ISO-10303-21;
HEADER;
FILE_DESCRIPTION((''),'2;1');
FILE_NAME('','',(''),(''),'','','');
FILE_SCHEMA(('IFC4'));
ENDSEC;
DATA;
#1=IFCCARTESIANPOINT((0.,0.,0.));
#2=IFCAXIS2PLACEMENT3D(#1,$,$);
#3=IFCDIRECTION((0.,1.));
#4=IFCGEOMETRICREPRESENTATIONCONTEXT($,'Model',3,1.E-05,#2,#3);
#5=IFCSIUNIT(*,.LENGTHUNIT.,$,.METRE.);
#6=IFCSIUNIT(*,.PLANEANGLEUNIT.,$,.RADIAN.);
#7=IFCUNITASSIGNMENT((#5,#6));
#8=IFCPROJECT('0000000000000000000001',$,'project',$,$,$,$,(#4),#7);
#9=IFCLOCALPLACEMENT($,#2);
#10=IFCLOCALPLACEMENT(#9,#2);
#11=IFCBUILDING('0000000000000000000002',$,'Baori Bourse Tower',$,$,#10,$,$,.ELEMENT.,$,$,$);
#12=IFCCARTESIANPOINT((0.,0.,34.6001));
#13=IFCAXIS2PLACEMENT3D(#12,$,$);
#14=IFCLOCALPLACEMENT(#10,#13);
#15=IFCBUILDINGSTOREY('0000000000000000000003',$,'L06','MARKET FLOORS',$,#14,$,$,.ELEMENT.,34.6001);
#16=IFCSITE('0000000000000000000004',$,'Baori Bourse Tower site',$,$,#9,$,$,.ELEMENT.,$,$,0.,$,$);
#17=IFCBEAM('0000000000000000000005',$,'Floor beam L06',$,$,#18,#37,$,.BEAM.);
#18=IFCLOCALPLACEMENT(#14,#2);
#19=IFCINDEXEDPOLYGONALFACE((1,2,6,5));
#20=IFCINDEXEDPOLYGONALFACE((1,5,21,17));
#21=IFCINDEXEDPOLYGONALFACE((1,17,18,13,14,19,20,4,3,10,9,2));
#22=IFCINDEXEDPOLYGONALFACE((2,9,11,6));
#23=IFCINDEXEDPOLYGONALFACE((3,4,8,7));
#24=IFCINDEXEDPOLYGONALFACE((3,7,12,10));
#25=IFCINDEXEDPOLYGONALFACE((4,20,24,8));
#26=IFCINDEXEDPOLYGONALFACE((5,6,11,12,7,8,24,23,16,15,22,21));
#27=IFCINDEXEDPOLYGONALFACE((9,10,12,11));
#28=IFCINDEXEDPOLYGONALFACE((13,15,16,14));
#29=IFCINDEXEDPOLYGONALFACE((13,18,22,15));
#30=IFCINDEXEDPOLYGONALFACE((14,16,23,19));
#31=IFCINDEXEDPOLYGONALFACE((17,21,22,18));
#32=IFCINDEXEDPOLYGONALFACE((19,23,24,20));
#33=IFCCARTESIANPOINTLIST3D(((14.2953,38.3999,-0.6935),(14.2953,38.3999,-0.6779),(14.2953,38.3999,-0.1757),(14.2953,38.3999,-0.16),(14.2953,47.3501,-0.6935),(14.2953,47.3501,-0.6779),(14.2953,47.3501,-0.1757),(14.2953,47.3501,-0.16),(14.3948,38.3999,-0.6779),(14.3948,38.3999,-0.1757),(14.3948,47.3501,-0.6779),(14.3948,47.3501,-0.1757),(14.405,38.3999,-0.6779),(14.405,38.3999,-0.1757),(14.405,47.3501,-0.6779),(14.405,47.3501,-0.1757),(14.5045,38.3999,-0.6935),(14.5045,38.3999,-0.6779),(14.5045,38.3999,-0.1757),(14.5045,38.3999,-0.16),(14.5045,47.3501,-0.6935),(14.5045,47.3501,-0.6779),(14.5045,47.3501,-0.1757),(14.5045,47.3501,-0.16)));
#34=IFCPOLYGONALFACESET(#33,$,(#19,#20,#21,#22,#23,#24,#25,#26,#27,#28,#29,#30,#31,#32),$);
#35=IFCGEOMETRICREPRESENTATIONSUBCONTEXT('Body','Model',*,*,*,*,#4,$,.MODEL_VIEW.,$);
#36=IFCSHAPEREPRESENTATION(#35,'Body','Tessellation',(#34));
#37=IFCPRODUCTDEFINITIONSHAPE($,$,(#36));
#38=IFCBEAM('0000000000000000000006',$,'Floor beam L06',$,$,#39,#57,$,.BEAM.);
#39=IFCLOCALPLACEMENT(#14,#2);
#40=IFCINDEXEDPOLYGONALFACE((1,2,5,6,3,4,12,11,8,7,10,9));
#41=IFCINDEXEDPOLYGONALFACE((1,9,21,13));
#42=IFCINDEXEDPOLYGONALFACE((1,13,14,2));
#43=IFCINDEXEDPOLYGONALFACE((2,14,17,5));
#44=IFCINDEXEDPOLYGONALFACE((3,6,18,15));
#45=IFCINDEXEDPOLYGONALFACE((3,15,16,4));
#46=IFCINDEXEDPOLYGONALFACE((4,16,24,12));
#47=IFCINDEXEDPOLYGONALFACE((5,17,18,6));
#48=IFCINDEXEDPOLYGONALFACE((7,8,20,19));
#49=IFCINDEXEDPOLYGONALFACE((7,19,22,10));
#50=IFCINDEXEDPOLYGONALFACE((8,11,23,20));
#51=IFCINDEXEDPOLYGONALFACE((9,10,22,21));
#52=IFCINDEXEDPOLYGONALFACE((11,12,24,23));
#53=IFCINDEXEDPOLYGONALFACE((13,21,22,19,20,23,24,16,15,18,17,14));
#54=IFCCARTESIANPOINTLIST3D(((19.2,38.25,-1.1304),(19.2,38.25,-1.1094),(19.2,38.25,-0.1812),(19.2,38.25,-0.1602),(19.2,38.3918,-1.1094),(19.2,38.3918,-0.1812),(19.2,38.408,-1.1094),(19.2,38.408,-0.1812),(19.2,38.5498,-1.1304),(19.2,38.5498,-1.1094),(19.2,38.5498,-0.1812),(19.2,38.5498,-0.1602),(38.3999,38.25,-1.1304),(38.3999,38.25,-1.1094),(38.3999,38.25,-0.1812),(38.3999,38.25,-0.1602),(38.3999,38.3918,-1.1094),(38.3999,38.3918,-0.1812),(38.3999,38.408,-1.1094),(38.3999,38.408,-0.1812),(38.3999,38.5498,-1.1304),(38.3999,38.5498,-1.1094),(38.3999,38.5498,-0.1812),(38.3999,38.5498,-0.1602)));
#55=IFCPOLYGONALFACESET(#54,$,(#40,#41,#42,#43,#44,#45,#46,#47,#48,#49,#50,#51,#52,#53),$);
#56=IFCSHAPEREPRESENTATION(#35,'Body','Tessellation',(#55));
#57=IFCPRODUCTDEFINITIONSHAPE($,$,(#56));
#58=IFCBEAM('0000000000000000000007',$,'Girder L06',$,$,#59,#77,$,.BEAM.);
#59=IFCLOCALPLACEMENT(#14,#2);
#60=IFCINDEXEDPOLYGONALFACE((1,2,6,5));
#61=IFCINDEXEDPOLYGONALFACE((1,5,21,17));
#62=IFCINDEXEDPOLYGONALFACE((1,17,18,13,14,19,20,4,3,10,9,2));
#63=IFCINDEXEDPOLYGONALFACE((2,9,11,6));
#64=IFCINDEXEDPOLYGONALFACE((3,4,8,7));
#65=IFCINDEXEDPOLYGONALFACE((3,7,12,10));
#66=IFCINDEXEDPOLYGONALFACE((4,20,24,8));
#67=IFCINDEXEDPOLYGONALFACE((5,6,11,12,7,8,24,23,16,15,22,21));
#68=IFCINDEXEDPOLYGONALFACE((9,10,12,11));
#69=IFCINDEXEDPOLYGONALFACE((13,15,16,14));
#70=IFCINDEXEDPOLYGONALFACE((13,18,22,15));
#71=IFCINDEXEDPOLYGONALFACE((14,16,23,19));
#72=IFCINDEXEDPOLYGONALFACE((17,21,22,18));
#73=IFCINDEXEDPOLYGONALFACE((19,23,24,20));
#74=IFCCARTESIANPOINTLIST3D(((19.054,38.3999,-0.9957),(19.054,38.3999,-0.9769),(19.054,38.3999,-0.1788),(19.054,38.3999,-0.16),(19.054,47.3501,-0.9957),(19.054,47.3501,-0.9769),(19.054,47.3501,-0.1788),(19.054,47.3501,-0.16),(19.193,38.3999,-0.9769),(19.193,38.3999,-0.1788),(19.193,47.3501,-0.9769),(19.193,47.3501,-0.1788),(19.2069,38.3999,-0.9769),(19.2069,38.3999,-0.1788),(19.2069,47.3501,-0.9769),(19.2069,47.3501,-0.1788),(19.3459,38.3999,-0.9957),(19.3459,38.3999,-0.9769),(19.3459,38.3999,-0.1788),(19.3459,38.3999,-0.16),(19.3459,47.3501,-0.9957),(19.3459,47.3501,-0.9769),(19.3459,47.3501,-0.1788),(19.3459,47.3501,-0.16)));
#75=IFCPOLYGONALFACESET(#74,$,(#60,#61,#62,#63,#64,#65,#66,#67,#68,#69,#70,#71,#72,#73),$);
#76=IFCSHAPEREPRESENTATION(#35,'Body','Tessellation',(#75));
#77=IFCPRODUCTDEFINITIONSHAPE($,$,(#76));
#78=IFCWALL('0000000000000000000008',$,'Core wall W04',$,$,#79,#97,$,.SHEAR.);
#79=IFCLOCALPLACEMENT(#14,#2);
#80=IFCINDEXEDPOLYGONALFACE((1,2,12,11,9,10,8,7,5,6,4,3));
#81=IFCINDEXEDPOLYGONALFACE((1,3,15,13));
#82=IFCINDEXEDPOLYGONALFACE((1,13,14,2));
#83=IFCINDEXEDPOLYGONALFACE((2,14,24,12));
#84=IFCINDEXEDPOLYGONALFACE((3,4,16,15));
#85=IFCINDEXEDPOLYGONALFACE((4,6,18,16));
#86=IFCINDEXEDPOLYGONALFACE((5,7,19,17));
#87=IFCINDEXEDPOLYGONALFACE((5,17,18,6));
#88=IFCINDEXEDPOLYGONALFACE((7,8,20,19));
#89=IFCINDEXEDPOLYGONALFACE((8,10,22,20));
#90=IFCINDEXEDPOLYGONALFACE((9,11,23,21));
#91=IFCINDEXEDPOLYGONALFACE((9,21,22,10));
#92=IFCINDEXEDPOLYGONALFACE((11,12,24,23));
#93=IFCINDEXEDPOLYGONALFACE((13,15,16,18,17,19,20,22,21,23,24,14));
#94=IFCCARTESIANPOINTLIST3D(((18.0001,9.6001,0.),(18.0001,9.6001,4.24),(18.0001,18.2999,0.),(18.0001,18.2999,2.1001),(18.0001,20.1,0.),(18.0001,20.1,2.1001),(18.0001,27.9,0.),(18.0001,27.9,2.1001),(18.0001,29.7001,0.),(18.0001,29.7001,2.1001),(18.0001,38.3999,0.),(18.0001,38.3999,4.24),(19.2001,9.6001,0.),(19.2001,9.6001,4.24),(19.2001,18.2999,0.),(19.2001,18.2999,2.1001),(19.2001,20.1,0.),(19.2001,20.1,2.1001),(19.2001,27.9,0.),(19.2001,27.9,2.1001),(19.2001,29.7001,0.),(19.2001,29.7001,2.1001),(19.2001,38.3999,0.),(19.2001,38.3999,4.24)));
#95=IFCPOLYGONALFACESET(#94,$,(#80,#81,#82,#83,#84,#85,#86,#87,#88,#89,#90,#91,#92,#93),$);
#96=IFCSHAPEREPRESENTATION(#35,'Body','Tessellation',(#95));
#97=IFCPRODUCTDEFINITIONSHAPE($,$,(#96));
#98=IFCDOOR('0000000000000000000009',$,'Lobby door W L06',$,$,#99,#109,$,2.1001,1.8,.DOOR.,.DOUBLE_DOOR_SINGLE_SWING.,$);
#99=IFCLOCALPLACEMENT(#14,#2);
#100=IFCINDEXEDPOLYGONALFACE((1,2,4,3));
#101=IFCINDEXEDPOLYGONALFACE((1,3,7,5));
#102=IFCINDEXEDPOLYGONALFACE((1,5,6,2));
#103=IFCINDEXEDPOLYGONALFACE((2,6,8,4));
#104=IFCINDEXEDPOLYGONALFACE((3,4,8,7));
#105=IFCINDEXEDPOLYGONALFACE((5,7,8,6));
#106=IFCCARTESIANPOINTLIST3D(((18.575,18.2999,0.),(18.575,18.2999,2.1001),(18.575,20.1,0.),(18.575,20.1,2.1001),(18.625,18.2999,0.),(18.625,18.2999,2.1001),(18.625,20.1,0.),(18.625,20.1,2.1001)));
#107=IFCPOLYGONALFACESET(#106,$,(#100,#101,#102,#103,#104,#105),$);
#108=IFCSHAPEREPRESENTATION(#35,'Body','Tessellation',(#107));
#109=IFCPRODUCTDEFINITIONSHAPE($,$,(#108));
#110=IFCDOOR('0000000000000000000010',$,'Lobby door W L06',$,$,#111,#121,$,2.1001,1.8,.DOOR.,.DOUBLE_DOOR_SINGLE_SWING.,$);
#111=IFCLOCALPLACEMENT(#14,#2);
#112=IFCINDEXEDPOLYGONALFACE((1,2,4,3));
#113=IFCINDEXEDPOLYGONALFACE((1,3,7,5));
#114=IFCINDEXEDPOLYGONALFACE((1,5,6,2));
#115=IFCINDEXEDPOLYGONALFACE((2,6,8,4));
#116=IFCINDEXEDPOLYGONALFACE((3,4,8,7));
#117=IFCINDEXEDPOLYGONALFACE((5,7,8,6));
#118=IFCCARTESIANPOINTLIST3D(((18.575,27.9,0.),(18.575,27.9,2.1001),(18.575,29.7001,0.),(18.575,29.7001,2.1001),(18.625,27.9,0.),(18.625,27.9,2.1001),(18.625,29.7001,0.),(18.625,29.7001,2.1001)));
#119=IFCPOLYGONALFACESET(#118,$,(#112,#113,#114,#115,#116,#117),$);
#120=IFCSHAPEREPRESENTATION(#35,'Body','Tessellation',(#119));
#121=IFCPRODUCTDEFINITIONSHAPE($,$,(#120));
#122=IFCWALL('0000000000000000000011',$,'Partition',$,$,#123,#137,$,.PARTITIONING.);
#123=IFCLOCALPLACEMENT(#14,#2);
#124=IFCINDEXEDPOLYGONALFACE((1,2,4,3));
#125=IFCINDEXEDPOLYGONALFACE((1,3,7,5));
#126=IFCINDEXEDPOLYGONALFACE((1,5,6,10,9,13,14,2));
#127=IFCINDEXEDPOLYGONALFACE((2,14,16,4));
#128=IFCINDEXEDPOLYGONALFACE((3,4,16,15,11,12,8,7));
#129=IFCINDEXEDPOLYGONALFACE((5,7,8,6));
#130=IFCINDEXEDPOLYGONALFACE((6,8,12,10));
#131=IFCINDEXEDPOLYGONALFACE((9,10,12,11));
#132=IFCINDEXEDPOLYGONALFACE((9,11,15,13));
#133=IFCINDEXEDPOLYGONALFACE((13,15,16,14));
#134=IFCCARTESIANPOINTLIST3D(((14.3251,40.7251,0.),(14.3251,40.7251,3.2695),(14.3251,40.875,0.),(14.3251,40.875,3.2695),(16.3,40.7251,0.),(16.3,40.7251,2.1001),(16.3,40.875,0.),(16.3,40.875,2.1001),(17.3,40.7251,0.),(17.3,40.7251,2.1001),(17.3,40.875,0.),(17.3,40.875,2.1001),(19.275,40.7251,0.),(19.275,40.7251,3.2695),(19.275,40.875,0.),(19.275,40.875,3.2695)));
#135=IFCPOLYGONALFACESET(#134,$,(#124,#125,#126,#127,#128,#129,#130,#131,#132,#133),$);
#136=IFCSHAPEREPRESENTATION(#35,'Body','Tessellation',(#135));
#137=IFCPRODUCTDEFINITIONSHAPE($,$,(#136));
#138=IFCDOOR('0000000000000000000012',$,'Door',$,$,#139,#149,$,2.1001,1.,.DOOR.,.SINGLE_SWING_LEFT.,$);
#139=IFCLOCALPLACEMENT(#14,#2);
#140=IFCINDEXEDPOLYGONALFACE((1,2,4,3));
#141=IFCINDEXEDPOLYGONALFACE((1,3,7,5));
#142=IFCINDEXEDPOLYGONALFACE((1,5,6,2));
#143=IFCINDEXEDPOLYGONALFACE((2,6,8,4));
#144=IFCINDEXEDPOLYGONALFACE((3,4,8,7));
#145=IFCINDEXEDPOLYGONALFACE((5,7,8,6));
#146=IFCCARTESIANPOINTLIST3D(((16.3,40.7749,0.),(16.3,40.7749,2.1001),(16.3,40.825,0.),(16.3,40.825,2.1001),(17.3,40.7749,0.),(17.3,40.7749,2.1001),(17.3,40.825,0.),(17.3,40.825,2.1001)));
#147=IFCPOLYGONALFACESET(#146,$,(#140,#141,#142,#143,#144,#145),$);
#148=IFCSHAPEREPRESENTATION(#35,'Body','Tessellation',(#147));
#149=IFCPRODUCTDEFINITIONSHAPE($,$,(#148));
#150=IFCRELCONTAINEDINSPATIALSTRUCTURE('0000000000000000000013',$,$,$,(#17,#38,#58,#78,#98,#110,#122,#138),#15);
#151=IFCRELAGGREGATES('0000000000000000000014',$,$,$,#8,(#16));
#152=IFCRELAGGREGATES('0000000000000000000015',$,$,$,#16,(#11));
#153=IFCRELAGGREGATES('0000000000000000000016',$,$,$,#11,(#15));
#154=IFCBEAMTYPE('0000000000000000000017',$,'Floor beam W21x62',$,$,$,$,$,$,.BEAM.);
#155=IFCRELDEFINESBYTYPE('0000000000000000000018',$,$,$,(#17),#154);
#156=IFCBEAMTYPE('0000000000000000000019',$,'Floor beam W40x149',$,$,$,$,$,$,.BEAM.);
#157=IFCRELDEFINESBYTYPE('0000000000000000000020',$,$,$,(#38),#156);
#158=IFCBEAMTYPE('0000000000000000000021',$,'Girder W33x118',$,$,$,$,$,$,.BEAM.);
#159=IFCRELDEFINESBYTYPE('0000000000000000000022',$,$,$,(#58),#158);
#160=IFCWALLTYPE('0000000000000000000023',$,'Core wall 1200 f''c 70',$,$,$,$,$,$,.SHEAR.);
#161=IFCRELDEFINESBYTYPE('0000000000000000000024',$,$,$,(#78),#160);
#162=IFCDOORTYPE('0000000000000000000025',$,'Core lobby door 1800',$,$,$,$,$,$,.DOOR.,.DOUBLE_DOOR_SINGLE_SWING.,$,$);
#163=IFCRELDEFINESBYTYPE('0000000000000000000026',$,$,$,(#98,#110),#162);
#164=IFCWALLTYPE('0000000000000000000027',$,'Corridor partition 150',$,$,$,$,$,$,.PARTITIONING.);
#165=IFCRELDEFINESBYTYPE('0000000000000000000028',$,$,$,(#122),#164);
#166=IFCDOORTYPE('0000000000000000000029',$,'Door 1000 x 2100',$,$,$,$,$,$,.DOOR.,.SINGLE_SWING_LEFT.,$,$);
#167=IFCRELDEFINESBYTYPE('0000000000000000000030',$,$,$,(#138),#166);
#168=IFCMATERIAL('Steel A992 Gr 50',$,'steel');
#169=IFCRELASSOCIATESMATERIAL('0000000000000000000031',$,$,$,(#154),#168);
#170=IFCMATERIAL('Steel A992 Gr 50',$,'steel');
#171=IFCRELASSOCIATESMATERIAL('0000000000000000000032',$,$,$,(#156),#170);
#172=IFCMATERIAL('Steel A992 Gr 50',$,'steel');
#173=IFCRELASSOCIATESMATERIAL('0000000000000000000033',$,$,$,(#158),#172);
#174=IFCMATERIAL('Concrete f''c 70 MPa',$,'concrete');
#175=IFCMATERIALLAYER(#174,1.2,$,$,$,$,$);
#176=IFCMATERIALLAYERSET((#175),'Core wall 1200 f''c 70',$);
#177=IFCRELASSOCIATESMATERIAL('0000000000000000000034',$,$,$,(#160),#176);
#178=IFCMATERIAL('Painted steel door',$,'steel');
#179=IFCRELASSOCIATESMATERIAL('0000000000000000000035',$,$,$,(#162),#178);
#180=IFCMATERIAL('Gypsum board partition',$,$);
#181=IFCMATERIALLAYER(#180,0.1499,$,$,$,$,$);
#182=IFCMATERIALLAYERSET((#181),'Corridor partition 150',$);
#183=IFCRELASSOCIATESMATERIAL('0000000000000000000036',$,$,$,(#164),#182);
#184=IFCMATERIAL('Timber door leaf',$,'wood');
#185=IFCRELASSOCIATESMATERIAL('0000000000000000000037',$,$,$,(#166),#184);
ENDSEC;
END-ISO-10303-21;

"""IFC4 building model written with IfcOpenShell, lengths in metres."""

from ifc_helpers import new_model, si_unit, direction, frame, frame_2d, origin, origin_2d, place, context, subcontext, project, spatial, rectangle, i_section, extrude, material, layer, layer_set, material_profile, profile_set, type_object, element, fill, save


model = new_model("IFC4")

# Units and contexts
model_context = context("Model", 3, precision=1e-05, world=origin(), true_north=direction((0.0, 1.0)))
body_context = subcontext(model_context, "Body", "Model", "MODEL_VIEW")
ifc_project = project(units=[si_unit("LENGTHUNIT", "METRE"), si_unit("PLANEANGLEUNIT", "RADIAN")], contexts=[model_context])

# Site, building, storey
site_placement = place(None, origin())
site = spatial("IfcSite", under=ifc_project, at=site_placement, Name="Baori Bourse Tower site", CompositionType="ELEMENT", RefElevation=0.0)
building_placement = place(site_placement, origin())
building = spatial("IfcBuilding", under=site, at=building_placement, Name="Baori Bourse Tower", CompositionType="ELEMENT")
storey_placement = place(building_placement, frame((0.0, 0.0, 34.6001)))
storey = spatial("IfcBuildingStorey", under=building, at=storey_placement, Name="L06", Description="MARKET FLOORS", CompositionType="ELEMENT", Elevation=34.6001)

# Beams
ifc_material_1 = material(Name="Steel A992 Gr 50", Category="steel")
ifc_material_profile_1 = material_profile(ifc_material_1, i_section(OverallWidth=0.2092, OverallDepth=0.5334, WebThickness=0.0103, FlangeThickness=0.0156, at=origin_2d()), Name="W21x62")
ifc_profile_set_1 = profile_set([ifc_material_profile_1], Name="Steel A992 Gr 50")
beam_type_1 = type_object("IfcBeamType", Name="Floor beam W21x62", PredefinedType="BEAM", material=ifc_profile_set_1)
beam_1_placement = place(storey_placement, frame((14.3999, 38.3999, -0.4268), z_axis=(0.0, 1.0, 0.0), x_axis=(-1.0, 0.0, 0.0)))
element("IfcBeam", 1, at=beam_1_placement, inside=storey, type_object=beam_type_1, Name="Floor beam L06", PredefinedType="BEAM", context=body_context, shape_type="SweptSolid", body=[
    extrude(i_section(OverallWidth=0.2092, OverallDepth=0.5334, WebThickness=0.0103, FlangeThickness=0.0156, at=origin_2d()), origin(), (0.0, 0.0, 1.0), 8.9502),
])
ifc_material_2 = material(Name="Steel A992 Gr 50", Category="steel")
ifc_material_profile_2 = material_profile(ifc_material_2, i_section(OverallWidth=0.2998, OverallDepth=0.9702, WebThickness=0.0161, FlangeThickness=0.021, at=origin_2d()), Name="W40x149")
ifc_profile_set_2 = profile_set([ifc_material_profile_2], Name="Steel A992 Gr 50")
beam_type_2 = type_object("IfcBeamType", Name="Floor beam W40x149", PredefinedType="BEAM", material=ifc_profile_set_2)
beam_2_placement = place(storey_placement, frame((19.2, 38.3999, -0.6453), z_axis=(1.0, 0.0, 0.0), x_axis=(0.0, 1.0, 0.0)))
element("IfcBeam", 2, at=beam_2_placement, inside=storey, type_object=beam_type_2, Name="Floor beam L06", PredefinedType="BEAM", context=body_context, shape_type="SweptSolid", body=[
    extrude(i_section(OverallWidth=0.2998, OverallDepth=0.9702, WebThickness=0.0161, FlangeThickness=0.021, at=origin_2d()), origin(), (0.0, 0.0, 1.0), 19.2),
])
ifc_material_3 = material(Name="Steel A992 Gr 50", Category="steel")
ifc_material_profile_3 = material_profile(ifc_material_3, i_section(OverallWidth=0.292, OverallDepth=0.8357, WebThickness=0.0139, FlangeThickness=0.0188, at=origin_2d()), Name="W33x118")
ifc_profile_set_3 = profile_set([ifc_material_profile_3], Name="Steel A992 Gr 50")
beam_type_3 = type_object("IfcBeamType", Name="Girder W33x118", PredefinedType="BEAM", material=ifc_profile_set_3)
beam_3_placement = place(storey_placement, frame((19.2, 38.3999, -0.5779), z_axis=(0.0, 1.0, 0.0), x_axis=(-1.0, 0.0, 0.0)))
element("IfcBeam", 3, at=beam_3_placement, inside=storey, type_object=beam_type_3, Name="Girder L06", PredefinedType="BEAM", context=body_context, shape_type="SweptSolid", body=[
    extrude(i_section(OverallWidth=0.292, OverallDepth=0.8357, WebThickness=0.0139, FlangeThickness=0.0188, at=origin_2d()), origin(), (0.0, 0.0, 1.0), 8.9502),
])

# Wall, openings, doors
ifc_material_4 = material(Name="Concrete f'c 70 MPa", Category="concrete")
ifc_layer_1 = layer(ifc_material_4, 1.2)
ifc_layer_set_1 = layer_set([ifc_layer_1], Name="Core wall 1200 f'c 70")
wall_type_1 = type_object("IfcWallType", Name="Core wall 1200 f'c 70", PredefinedType="SHEAR", material=ifc_layer_set_1)
wall_1_placement = place(storey_placement, frame((18.6001, 38.3999, 0.0), z_axis=(0.0, 0.0, 1.0), x_axis=(0.0, -1.0, 0.0)))
wall_1 = element("IfcWall", 4, at=wall_1_placement, inside=storey, type_object=wall_type_1, Name="Core wall W04", PredefinedType="SHEAR", context=body_context, shape_type="SweptSolid", body=[
    extrude(rectangle(XDim=28.7998, YDim=1.2, at=frame_2d((14.3999, 0.0))), origin(), (0.0, 0.0, 1.0), 4.24),
])
opening_1_placement = place(wall_1_placement, frame((18.3, 0.0, 0.0)))
opening_1 = element("IfcOpeningElement", 5, at=opening_1_placement, cuts=wall_1, PredefinedType="OPENING", context=body_context, shape_type="SweptSolid", body=[
    extrude(rectangle(XDim=1.8, YDim=2.1001, at=frame_2d((0.8999, 1.05))), frame((0.0, 0.6099, 0.0), z_axis=(0.0, -1.0, 0.0), x_axis=(1.0, 0.0, 0.0)), (0.0, 0.0, 1.0), 1.22),
])
opening_2_placement = place(wall_1_placement, frame((8.7, 0.0, 0.0)))
opening_2 = element("IfcOpeningElement", 6, at=opening_2_placement, cuts=wall_1, PredefinedType="OPENING", context=body_context, shape_type="SweptSolid", body=[
    extrude(rectangle(XDim=1.8, YDim=2.1001, at=frame_2d((0.8999, 1.05))), frame((0.0, 0.6099, 0.0), z_axis=(0.0, -1.0, 0.0), x_axis=(1.0, 0.0, 0.0)), (0.0, 0.0, 1.0), 1.22),
])
ifc_material_5 = material(Name="Painted steel door", Category="steel")
door_type_1 = type_object("IfcDoorType", Name="Core lobby door 1800", OperationType="DOUBLE_DOOR_SINGLE_SWING", PredefinedType="DOOR", material=ifc_material_5)
door_1_placement = place(opening_1_placement, origin())
door_1 = element("IfcDoor", 7, at=door_1_placement, inside=storey, type_object=door_type_1, Name="Lobby door W L06", OperationType="DOUBLE_DOOR_SINGLE_SWING", OverallHeight=2.1001, OverallWidth=1.8, PredefinedType="DOOR", context=body_context, shape_type="SweptSolid", body=[
    extrude(rectangle(XDim=1.8, YDim=2.1001, at=frame_2d((0.8999, 1.05))), frame((0.0, 0.0249, 0.0), z_axis=(0.0, -1.0, 0.0), x_axis=(1.0, 0.0, 0.0)), (0.0, 0.0, 1.0), 0.05),
])
fill(opening_1, door_1)
door_2_placement = place(opening_2_placement, origin())
door_2 = element("IfcDoor", 8, at=door_2_placement, inside=storey, type_object=door_type_1, Name="Lobby door W L06", OperationType="DOUBLE_DOOR_SINGLE_SWING", OverallHeight=2.1001, OverallWidth=1.8, PredefinedType="DOOR", context=body_context, shape_type="SweptSolid", body=[
    extrude(rectangle(XDim=1.8, YDim=2.1001, at=frame_2d((0.8999, 1.05))), frame((0.0, 0.0249, 0.0), z_axis=(0.0, -1.0, 0.0), x_axis=(1.0, 0.0, 0.0)), (0.0, 0.0, 1.0), 0.05),
])
fill(opening_2, door_2)

# Wall, opening, door
ifc_material_6 = material(Name="Gypsum board partition")
ifc_layer_2 = layer(ifc_material_6, 0.1499)
ifc_layer_set_2 = layer_set([ifc_layer_2], Name="Corridor partition 150")
wall_type_2 = type_object("IfcWallType", Name="Corridor partition 150", PredefinedType="PARTITIONING", material=ifc_layer_set_2)
wall_2_placement = place(storey_placement, frame((14.325, 40.8, 0.0), z_axis=(0.0, 0.0, 1.0), x_axis=(1.0, 0.0, 0.0)))
wall_2 = element("IfcWall", 9, at=wall_2_placement, inside=storey, type_object=wall_type_2, Name="Partition", PredefinedType="PARTITIONING", context=body_context, shape_type="SweptSolid", body=[
    extrude(rectangle(XDim=4.95, YDim=0.1499, at=frame_2d((2.4751, 0.0))), origin(), (0.0, 0.0, 1.0), 3.2695),
])
opening_3_placement = place(wall_2_placement, frame((1.9751, 0.0, 0.0)))
opening_3 = element("IfcOpeningElement", 10, at=opening_3_placement, cuts=wall_2, PredefinedType="OPENING", context=body_context, shape_type="SweptSolid", body=[
    extrude(rectangle(XDim=1.0, YDim=2.1001, at=frame_2d((0.5, 1.05))), frame((0.0, 0.085, 0.0), z_axis=(0.0, -1.0, 0.0), x_axis=(1.0, 0.0, 0.0)), (0.0, 0.0, 1.0), 0.1699),
])
ifc_material_7 = material(Name="Timber door leaf", Category="wood")
door_type_2 = type_object("IfcDoorType", Name="Door 1000 x 2100", OperationType="SINGLE_SWING_LEFT", PredefinedType="DOOR", material=ifc_material_7)
door_3_placement = place(opening_3_placement, origin())
door_3 = element("IfcDoor", 11, at=door_3_placement, inside=storey, type_object=door_type_2, Name="Door", OperationType="SINGLE_SWING_LEFT", OverallHeight=2.1001, OverallWidth=1.0, PredefinedType="DOOR", context=body_context, shape_type="SweptSolid", body=[
    extrude(rectangle(XDim=1.0, YDim=2.1001, at=frame_2d((0.5, 1.05))), frame((0.0, 0.0249, 0.0), z_axis=(0.0, -1.0, 0.0), x_axis=(1.0, 0.0, 0.0)), (0.0, 0.0, 1.0), 0.05),
])
fill(opening_3, door_3)

save(model, "model.ifc")
